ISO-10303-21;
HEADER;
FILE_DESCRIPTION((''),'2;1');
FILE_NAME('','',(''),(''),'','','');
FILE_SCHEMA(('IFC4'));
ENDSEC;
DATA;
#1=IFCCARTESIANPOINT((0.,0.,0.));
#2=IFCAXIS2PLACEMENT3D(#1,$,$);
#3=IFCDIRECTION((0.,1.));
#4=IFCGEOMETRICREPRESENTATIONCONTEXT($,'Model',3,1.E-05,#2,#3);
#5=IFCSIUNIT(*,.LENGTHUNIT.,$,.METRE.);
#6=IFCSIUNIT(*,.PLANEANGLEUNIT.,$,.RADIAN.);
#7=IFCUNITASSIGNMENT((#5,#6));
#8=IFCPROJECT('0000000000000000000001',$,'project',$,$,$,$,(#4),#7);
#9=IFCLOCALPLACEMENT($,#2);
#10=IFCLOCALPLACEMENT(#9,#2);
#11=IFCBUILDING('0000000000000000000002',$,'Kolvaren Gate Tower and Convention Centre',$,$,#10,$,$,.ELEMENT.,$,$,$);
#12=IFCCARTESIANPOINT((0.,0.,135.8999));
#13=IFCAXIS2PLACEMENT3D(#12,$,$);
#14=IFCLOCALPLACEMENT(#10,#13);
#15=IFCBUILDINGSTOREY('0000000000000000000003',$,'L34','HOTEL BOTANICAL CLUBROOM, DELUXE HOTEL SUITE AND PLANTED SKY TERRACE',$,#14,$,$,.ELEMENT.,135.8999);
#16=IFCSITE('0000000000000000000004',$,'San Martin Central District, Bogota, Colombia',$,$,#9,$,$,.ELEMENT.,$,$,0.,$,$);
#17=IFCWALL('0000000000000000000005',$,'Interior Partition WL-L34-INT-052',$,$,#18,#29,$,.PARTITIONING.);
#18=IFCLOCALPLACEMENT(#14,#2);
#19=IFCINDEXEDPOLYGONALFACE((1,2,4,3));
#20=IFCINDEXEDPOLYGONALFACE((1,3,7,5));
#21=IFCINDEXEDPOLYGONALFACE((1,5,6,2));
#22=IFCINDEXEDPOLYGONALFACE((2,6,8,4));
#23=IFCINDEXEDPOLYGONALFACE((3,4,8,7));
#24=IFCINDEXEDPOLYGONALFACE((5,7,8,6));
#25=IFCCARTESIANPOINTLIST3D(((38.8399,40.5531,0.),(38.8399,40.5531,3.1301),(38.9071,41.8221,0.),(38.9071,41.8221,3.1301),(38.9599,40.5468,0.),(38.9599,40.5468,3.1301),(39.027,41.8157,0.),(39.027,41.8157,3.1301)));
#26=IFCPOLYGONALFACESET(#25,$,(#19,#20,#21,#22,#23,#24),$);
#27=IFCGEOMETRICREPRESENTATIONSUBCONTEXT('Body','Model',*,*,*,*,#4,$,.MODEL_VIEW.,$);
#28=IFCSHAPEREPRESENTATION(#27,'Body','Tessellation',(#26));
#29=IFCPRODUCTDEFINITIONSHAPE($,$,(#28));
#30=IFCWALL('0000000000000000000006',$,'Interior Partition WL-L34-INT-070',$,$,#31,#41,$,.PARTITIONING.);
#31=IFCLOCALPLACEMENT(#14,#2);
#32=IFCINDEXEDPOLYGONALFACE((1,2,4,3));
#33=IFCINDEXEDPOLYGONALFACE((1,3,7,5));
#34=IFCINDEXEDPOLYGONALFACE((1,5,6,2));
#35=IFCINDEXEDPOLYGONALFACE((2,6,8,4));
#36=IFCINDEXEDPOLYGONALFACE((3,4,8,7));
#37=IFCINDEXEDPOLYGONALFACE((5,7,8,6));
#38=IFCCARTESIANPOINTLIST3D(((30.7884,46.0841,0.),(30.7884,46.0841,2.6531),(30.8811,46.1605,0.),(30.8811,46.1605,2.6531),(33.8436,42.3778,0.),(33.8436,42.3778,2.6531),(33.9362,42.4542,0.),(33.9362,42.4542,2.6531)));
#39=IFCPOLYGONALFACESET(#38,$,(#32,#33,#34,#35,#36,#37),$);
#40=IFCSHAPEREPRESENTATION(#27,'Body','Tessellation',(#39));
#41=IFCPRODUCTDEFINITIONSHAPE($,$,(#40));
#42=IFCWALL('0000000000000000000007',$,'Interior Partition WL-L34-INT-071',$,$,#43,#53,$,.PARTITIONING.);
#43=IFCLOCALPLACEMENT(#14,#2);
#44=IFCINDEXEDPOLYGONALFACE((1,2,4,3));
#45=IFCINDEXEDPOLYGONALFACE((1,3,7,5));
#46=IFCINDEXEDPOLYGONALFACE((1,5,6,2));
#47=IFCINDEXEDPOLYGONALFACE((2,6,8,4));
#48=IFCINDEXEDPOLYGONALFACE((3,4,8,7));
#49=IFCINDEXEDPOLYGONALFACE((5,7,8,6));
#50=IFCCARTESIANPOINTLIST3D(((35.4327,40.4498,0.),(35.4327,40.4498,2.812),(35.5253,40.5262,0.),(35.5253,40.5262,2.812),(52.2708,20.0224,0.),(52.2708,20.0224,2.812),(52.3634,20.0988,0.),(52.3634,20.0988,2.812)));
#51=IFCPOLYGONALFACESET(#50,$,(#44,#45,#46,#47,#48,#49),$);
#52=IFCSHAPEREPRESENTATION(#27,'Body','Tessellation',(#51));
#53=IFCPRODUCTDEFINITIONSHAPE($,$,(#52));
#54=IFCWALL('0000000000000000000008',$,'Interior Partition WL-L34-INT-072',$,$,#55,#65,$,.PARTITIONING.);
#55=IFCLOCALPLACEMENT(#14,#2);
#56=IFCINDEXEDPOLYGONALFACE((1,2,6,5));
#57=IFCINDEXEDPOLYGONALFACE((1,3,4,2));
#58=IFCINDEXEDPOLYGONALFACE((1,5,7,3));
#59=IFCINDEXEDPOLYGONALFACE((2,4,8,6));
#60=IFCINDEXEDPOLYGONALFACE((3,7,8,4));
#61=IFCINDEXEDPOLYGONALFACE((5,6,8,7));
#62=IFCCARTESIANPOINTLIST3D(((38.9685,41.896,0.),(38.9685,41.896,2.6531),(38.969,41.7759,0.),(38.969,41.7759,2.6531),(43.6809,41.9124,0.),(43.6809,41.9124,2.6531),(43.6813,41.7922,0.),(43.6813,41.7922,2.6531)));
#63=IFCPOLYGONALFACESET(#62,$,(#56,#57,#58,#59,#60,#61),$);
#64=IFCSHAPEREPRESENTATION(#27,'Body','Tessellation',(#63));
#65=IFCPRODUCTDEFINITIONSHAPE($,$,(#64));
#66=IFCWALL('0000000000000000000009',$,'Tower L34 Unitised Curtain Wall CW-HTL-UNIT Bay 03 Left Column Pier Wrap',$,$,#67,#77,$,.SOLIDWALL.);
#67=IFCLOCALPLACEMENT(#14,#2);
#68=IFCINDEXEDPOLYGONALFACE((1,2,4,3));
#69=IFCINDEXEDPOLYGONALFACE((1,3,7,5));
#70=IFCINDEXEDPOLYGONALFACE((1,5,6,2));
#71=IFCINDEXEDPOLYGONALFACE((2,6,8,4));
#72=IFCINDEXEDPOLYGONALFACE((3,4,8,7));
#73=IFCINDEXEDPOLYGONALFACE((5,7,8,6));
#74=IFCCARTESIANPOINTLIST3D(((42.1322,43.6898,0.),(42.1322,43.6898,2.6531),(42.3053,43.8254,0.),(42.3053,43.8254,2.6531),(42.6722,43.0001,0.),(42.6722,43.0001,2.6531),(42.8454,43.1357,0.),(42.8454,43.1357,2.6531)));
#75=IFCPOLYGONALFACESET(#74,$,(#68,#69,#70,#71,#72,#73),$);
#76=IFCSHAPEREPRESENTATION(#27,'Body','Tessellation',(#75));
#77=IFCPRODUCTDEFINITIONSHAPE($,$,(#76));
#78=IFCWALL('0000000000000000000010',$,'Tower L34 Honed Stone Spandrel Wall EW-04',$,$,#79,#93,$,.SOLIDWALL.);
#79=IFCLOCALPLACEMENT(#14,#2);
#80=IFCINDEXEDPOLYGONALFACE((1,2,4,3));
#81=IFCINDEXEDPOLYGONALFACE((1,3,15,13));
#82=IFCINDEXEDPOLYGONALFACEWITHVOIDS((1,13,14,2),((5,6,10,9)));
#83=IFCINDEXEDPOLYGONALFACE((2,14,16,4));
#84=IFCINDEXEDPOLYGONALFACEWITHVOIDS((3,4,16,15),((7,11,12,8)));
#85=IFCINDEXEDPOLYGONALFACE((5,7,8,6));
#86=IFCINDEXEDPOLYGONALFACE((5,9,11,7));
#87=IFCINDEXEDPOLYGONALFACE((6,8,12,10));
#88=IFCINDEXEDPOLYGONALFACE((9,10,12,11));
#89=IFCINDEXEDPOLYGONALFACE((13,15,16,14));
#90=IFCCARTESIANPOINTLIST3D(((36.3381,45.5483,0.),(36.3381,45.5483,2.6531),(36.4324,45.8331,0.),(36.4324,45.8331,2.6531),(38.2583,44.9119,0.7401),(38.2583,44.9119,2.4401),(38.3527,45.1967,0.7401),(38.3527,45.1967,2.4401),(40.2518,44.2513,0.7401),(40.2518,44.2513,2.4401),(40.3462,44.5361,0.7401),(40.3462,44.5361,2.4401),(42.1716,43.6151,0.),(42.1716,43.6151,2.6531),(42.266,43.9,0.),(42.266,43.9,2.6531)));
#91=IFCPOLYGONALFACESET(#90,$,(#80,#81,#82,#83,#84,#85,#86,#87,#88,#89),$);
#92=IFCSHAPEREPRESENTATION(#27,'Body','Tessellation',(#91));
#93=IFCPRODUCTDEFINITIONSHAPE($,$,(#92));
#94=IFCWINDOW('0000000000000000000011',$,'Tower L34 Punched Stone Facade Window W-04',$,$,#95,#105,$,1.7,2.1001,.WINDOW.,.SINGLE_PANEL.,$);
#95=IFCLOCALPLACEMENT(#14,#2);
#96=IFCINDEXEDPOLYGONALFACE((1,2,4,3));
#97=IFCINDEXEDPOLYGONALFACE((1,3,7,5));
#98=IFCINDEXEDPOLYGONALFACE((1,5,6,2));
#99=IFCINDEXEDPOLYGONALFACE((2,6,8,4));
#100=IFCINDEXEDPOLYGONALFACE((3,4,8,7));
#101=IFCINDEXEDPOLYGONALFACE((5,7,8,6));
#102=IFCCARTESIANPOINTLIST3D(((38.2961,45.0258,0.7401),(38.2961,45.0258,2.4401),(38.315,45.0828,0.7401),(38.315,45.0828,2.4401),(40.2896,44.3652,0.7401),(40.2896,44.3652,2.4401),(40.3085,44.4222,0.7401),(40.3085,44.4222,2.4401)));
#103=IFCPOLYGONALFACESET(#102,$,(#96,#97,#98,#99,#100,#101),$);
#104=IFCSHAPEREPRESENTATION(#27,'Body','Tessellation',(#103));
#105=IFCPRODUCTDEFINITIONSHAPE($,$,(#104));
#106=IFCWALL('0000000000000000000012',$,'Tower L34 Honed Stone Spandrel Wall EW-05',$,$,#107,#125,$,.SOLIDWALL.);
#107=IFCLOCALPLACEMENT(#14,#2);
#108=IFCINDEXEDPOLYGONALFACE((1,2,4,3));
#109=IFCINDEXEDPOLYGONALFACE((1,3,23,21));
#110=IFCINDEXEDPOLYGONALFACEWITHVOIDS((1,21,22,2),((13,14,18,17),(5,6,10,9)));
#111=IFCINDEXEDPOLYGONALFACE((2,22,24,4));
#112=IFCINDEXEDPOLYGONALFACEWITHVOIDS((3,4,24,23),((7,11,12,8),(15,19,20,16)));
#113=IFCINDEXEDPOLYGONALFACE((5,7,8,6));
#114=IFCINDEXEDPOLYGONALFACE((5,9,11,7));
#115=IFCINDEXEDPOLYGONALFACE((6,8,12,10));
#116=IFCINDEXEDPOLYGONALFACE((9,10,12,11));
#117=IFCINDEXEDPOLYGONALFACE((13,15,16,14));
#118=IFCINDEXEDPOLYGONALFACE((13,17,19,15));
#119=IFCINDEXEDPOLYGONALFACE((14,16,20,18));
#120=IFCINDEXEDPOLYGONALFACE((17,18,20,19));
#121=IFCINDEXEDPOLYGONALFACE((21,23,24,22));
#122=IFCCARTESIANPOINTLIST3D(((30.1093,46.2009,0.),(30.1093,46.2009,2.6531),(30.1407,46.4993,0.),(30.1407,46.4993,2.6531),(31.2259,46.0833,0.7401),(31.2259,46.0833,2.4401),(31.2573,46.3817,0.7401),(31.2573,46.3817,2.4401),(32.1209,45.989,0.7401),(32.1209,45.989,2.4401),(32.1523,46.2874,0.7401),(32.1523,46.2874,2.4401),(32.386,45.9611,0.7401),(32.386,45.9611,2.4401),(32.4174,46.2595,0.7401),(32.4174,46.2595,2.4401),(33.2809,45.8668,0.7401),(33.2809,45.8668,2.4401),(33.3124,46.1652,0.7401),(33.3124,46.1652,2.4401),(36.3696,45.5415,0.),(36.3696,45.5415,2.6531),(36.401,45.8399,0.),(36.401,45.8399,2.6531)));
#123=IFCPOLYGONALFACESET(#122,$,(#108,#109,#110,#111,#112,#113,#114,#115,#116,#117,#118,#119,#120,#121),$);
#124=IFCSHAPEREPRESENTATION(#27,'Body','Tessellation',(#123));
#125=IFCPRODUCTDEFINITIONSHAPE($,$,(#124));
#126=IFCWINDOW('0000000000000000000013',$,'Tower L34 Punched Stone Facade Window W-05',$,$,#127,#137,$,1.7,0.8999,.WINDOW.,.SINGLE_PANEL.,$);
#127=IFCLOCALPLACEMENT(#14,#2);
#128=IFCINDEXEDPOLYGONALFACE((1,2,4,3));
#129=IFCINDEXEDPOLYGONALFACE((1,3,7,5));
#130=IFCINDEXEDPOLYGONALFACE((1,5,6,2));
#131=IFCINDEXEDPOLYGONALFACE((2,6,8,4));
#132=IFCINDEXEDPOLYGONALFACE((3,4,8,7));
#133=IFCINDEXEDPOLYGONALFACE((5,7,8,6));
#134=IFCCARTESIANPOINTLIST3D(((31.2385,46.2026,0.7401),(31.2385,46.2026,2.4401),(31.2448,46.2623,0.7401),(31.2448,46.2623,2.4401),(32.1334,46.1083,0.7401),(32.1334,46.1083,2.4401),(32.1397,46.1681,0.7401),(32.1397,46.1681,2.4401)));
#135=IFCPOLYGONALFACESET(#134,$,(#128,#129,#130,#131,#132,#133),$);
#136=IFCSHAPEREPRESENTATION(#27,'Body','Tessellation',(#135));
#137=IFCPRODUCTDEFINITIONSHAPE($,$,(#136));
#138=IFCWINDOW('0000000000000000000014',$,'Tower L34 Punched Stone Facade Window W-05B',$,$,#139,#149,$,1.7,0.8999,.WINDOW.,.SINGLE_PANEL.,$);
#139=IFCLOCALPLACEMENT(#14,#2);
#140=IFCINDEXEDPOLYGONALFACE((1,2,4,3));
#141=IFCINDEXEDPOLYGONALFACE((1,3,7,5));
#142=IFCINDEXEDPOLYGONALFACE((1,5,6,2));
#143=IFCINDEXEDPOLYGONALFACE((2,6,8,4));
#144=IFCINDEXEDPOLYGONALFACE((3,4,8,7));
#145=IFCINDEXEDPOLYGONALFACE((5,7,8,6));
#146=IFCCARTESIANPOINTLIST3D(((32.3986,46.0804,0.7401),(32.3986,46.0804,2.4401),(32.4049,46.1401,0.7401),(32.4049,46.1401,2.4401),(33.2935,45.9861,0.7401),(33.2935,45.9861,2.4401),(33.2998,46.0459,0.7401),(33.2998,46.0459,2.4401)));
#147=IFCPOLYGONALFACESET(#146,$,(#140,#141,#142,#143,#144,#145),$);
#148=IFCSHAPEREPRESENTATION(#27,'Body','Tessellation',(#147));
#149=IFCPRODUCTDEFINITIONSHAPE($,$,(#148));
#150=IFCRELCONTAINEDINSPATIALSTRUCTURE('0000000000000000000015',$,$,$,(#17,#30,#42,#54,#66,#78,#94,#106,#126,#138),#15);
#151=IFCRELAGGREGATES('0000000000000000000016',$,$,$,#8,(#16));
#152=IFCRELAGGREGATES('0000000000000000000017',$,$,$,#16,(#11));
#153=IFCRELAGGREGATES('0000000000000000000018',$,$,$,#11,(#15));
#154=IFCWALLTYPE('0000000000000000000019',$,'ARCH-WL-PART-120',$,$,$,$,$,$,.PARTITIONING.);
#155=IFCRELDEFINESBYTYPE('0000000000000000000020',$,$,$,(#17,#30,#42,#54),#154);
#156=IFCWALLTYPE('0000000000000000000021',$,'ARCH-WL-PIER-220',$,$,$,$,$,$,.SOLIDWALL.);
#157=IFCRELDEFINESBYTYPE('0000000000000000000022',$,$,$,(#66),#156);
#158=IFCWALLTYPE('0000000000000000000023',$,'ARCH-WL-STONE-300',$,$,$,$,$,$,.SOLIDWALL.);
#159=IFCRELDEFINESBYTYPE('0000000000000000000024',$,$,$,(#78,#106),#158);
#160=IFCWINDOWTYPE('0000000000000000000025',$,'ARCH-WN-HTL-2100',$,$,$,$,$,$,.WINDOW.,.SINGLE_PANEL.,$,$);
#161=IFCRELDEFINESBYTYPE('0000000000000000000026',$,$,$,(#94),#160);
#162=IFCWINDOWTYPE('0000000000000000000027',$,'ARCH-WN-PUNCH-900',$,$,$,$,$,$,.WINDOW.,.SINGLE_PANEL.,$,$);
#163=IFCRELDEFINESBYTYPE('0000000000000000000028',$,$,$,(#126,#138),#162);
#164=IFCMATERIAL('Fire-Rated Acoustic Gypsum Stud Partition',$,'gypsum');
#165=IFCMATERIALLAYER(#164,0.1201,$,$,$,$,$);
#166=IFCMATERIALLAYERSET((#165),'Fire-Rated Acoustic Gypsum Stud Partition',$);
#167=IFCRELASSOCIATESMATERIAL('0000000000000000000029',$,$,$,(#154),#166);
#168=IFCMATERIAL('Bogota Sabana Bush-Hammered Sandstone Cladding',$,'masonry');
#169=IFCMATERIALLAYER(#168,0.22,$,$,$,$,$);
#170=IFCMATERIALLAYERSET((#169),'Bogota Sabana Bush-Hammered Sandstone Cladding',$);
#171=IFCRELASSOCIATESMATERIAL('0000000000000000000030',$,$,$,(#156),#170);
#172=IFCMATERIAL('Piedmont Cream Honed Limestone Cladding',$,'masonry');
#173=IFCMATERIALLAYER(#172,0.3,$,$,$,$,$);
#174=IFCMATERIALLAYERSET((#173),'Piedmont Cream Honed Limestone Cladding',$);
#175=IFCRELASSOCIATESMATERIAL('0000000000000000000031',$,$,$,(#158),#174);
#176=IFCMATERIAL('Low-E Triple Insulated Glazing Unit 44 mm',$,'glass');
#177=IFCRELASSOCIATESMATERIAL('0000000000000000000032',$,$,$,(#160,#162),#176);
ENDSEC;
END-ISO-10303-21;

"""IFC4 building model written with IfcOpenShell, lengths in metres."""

from ifc_helpers import new_model, si_unit, direction, frame, frame_2d, origin, place, context, subcontext, project, spatial, rectangle, extrude, material, layer, layer_set, type_object, element, fill, save


model = new_model("IFC4")

# Units and contexts
model_context = context("Model", 3, precision=1e-05, world=origin(), true_north=direction((0.0, 1.0)))
body_context = subcontext(model_context, "Body", "Model", "MODEL_VIEW")
ifc_project = project(units=[si_unit("LENGTHUNIT", "METRE"), si_unit("PLANEANGLEUNIT", "RADIAN")], contexts=[model_context])

# Site, building, storey
site_placement = place(None, origin())
site = spatial("IfcSite", under=ifc_project, at=site_placement, Name="San Martin Central District, Bogota, Colombia", CompositionType="ELEMENT", RefElevation=0.0)
building_placement = place(site_placement, origin())
building = spatial("IfcBuilding", under=site, at=building_placement, Name="Kolvaren Gate Tower and Convention Centre", CompositionType="ELEMENT")
storey_placement = place(building_placement, frame((0.0, 0.0, 135.8999)))
storey = spatial("IfcBuildingStorey", under=building, at=storey_placement, Name="L34", Description="HOTEL BOTANICAL CLUBROOM, DELUXE HOTEL SUITE AND PLANTED SKY TERRACE", CompositionType="ELEMENT", Elevation=135.8999)

# Shared definitions
ifc_material_1 = material(Name="Fire-Rated Acoustic Gypsum Stud Partition", Category="gypsum")
ifc_layer_1 = layer(ifc_material_1, 0.1201)
ifc_layer_set_1 = layer_set([ifc_layer_1], Name="Fire-Rated Acoustic Gypsum Stud Partition")
wall_type_1 = type_object("IfcWallType", Name="ARCH-WL-PART-120", PredefinedType="PARTITIONING", material=ifc_layer_set_1)

# Walls
wall_1_placement = place(storey_placement, frame((38.8999, 40.55, 0.0), z_axis=(0.0, 0.0, 1.0), x_axis=(0.052831, 0.998603, 0.0)))
element("IfcWall", 1, at=wall_1_placement, inside=storey, type_object=wall_type_1, Name="Interior Partition WL-L34-INT-052", PredefinedType="PARTITIONING", context=body_context, shape_type="SweptSolid", body=[
    extrude(rectangle(XDim=1.2708, YDim=0.1201, at=frame_2d((0.6353, 0.0))), origin(), (0.0, 0.0, 1.0), 3.1301),
])
wall_2_placement = place(storey_placement, frame((30.8347, 46.1223, 0.0), z_axis=(0.0, 0.0, 1.0), x_axis=(0.636071, -0.771631, 0.0)))
element("IfcWall", 2, at=wall_2_placement, inside=storey, type_object=wall_type_1, Name="Interior Partition WL-L34-INT-070", PredefinedType="PARTITIONING", context=body_context, shape_type="SweptSolid", body=[
    extrude(rectangle(XDim=4.8032, YDim=0.1201, at=frame_2d((2.4016, 0.0))), origin(), (0.0, 0.0, 1.0), 2.6531),
])
wall_3_placement = place(storey_placement, frame((35.479, 40.488, 0.0), z_axis=(0.0, 0.0, 1.0), x_axis=(0.636056, -0.771643, 0.0)))
element("IfcWall", 3, at=wall_3_placement, inside=storey, type_object=wall_type_1, Name="Interior Partition WL-L34-INT-071", PredefinedType="PARTITIONING", context=body_context, shape_type="SweptSolid", body=[
    extrude(rectangle(XDim=26.4727, YDim=0.1201, at=frame_2d((13.2363, 0.0))), origin(), (0.0, 0.0, 1.0), 2.812),
])
wall_4_placement = place(storey_placement, frame((38.9688, 41.8359, 0.0), z_axis=(0.0, 0.0, 1.0), x_axis=(0.999994, 0.003471, 0.0)))
element("IfcWall", 4, at=wall_4_placement, inside=storey, type_object=wall_type_1, Name="Interior Partition WL-L34-INT-072", PredefinedType="PARTITIONING", context=body_context, shape_type="SweptSolid", body=[
    extrude(rectangle(XDim=4.7124, YDim=0.1201, at=frame_2d((2.3562, 0.0))), origin(), (0.0, 0.0, 1.0), 2.6531),
])
ifc_material_2 = material(Name="Bogota Sabana Bush-Hammered Sandstone Cladding", Category="masonry")
ifc_layer_2 = layer(ifc_material_2, 0.22)
ifc_layer_set_2 = layer_set([ifc_layer_2], Name="Bogota Sabana Bush-Hammered Sandstone Cladding")
wall_type_2 = type_object("IfcWallType", Name="ARCH-WL-PIER-220", PredefinedType="SOLIDWALL", material=ifc_layer_set_2)
wall_5_placement = place(storey_placement, frame((42.2188, 43.7576, 0.0), z_axis=(0.0, 0.0, 1.0), x_axis=(0.616504, -0.787352, 0.0)))
element("IfcWall", 5, at=wall_5_placement, inside=storey, type_object=wall_type_2, Name="Tower L34 Unitised Curtain Wall CW-HTL-UNIT Bay 03 Left Column Pier Wrap", PredefinedType="SOLIDWALL", context=body_context, shape_type="SweptSolid", body=[
    extrude(rectangle(XDim=0.876, YDim=0.22, at=frame_2d((0.438, 0.0))), origin(), (0.0, 0.0, 1.0), 2.6531),
])

# Wall, opening, window
ifc_material_3 = material(Name="Piedmont Cream Honed Limestone Cladding", Category="masonry")
ifc_layer_3 = layer(ifc_material_3, 0.3)
ifc_layer_set_3 = layer_set([ifc_layer_3], Name="Piedmont Cream Honed Limestone Cladding")
wall_type_3 = type_object("IfcWallType", Name="ARCH-WL-STONE-300", PredefinedType="SOLIDWALL", material=ifc_layer_set_3)
wall_6_placement = place(storey_placement, frame((36.3853, 45.6907, 0.0), z_axis=(0.0, 0.0, 1.0), x_axis=(0.949238, -0.314559, 0.0)))
wall_6 = element("IfcWall", 6, at=wall_6_placement, inside=storey, type_object=wall_type_3, Name="Tower L34 Honed Stone Spandrel Wall EW-04", PredefinedType="SOLIDWALL", context=body_context, shape_type="SweptSolid", body=[
    extrude(rectangle(XDim=6.1455, YDim=0.3, at=frame_2d((3.0728, 0.0))), origin(), (0.0, 0.0, 1.0), 2.6531),
])
opening_1_placement = place(wall_6_placement, frame((2.0229, 0.0, 0.74)))
opening_1 = element("IfcOpeningElement", 7, at=opening_1_placement, cuts=wall_6, PredefinedType="OPENING", context=body_context, shape_type="SweptSolid", body=[
    extrude(rectangle(XDim=2.1001, YDim=1.7, at=frame_2d((1.05, 0.8501))), frame((0.0, 0.1599, 0.0), z_axis=(0.0, -1.0, 0.0), x_axis=(1.0, 0.0, 0.0)), (0.0, 0.0, 1.0), 0.3201),
])
ifc_material_4 = material(Name="Low-E Triple Insulated Glazing Unit 44 mm", Category="glass")
window_type_1 = type_object("IfcWindowType", Name="ARCH-WN-HTL-2100", PartitioningType="SINGLE_PANEL", PredefinedType="WINDOW", material=ifc_material_4)
window_1_placement = place(opening_1_placement, origin())
window_1 = element("IfcWindow", 8, at=window_1_placement, inside=storey, type_object=window_type_1, Name="Tower L34 Punched Stone Facade Window W-04", OverallHeight=1.7, OverallWidth=2.1001, PartitioningType="SINGLE_PANEL", PredefinedType="WINDOW", context=body_context, shape_type="SweptSolid", body=[
    extrude(rectangle(XDim=2.1001, YDim=1.7, at=frame_2d((1.05, 0.8501))), frame((0.0, 0.03, 0.0), z_axis=(0.0, -1.0, 0.0), x_axis=(1.0, 0.0, 0.0)), (0.0, 0.0, 1.0), 0.0601),
])
fill(opening_1, window_1)

# Wall, openings, windows
wall_7_placement = place(storey_placement, frame((30.125, 46.3501, 0.0), z_axis=(0.0, 0.0, 1.0), x_axis=(0.994498, -0.104755, 0.0)))
wall_7 = element("IfcWall", 9, at=wall_7_placement, inside=storey, type_object=wall_type_3, Name="Tower L34 Honed Stone Spandrel Wall EW-05", PredefinedType="SOLIDWALL", context=body_context, shape_type="SweptSolid", body=[
    extrude(rectangle(XDim=6.2949, YDim=0.3, at=frame_2d((3.1475, 0.0))), origin(), (0.0, 0.0, 1.0), 2.6531),
])
opening_2_placement = place(wall_7_placement, frame((1.1228, 0.0, 0.74)))
opening_2 = element("IfcOpeningElement", 10, at=opening_2_placement, cuts=wall_7, PredefinedType="OPENING", context=body_context, shape_type="SweptSolid", body=[
    extrude(rectangle(XDim=0.8999, YDim=1.7, at=frame_2d((0.45, 0.8501))), frame((0.0, 0.1599, 0.0), z_axis=(0.0, -1.0, 0.0), x_axis=(1.0, 0.0, 0.0)), (0.0, 0.0, 1.0), 0.3201),
])
opening_3_placement = place(wall_7_placement, frame((2.2893, 0.0, 0.74)))
opening_3 = element("IfcOpeningElement", 11, at=opening_3_placement, cuts=wall_7, PredefinedType="OPENING", context=body_context, shape_type="SweptSolid", body=[
    extrude(rectangle(XDim=0.8999, YDim=1.7, at=frame_2d((0.45, 0.8501))), frame((0.0, 0.1599, 0.0), z_axis=(0.0, -1.0, 0.0), x_axis=(1.0, 0.0, 0.0)), (0.0, 0.0, 1.0), 0.3201),
])
window_type_2 = type_object("IfcWindowType", Name="ARCH-WN-PUNCH-900", PartitioningType="SINGLE_PANEL", PredefinedType="WINDOW", material=ifc_material_4)
window_2_placement = place(opening_2_placement, origin())
window_2 = element("IfcWindow", 12, at=window_2_placement, inside=storey, type_object=window_type_2, Name="Tower L34 Punched Stone Facade Window W-05", OverallHeight=1.7, OverallWidth=0.8999, PartitioningType="SINGLE_PANEL", PredefinedType="WINDOW", context=body_context, shape_type="SweptSolid", body=[
    extrude(rectangle(XDim=0.8999, YDim=1.7, at=frame_2d((0.45, 0.8501))), frame((0.0, 0.03, 0.0), z_axis=(0.0, -1.0, 0.0), x_axis=(1.0, 0.0, 0.0)), (0.0, 0.0, 1.0), 0.0601),
])
fill(opening_2, window_2)
window_3_placement = place(opening_3_placement, origin())
window_3 = element("IfcWindow", 13, at=window_3_placement, inside=storey, type_object=window_type_2, Name="Tower L34 Punched Stone Facade Window W-05B", OverallHeight=1.7, OverallWidth=0.8999, PartitioningType="SINGLE_PANEL", PredefinedType="WINDOW", context=body_context, shape_type="SweptSolid", body=[
    extrude(rectangle(XDim=0.8999, YDim=1.7, at=frame_2d((0.45, 0.8501))), frame((0.0, 0.03, 0.0), z_axis=(0.0, -1.0, 0.0), x_axis=(1.0, 0.0, 0.0)), (0.0, 0.0, 1.0), 0.0601),
])
fill(opening_3, window_3)

save(model, "model.ifc")
